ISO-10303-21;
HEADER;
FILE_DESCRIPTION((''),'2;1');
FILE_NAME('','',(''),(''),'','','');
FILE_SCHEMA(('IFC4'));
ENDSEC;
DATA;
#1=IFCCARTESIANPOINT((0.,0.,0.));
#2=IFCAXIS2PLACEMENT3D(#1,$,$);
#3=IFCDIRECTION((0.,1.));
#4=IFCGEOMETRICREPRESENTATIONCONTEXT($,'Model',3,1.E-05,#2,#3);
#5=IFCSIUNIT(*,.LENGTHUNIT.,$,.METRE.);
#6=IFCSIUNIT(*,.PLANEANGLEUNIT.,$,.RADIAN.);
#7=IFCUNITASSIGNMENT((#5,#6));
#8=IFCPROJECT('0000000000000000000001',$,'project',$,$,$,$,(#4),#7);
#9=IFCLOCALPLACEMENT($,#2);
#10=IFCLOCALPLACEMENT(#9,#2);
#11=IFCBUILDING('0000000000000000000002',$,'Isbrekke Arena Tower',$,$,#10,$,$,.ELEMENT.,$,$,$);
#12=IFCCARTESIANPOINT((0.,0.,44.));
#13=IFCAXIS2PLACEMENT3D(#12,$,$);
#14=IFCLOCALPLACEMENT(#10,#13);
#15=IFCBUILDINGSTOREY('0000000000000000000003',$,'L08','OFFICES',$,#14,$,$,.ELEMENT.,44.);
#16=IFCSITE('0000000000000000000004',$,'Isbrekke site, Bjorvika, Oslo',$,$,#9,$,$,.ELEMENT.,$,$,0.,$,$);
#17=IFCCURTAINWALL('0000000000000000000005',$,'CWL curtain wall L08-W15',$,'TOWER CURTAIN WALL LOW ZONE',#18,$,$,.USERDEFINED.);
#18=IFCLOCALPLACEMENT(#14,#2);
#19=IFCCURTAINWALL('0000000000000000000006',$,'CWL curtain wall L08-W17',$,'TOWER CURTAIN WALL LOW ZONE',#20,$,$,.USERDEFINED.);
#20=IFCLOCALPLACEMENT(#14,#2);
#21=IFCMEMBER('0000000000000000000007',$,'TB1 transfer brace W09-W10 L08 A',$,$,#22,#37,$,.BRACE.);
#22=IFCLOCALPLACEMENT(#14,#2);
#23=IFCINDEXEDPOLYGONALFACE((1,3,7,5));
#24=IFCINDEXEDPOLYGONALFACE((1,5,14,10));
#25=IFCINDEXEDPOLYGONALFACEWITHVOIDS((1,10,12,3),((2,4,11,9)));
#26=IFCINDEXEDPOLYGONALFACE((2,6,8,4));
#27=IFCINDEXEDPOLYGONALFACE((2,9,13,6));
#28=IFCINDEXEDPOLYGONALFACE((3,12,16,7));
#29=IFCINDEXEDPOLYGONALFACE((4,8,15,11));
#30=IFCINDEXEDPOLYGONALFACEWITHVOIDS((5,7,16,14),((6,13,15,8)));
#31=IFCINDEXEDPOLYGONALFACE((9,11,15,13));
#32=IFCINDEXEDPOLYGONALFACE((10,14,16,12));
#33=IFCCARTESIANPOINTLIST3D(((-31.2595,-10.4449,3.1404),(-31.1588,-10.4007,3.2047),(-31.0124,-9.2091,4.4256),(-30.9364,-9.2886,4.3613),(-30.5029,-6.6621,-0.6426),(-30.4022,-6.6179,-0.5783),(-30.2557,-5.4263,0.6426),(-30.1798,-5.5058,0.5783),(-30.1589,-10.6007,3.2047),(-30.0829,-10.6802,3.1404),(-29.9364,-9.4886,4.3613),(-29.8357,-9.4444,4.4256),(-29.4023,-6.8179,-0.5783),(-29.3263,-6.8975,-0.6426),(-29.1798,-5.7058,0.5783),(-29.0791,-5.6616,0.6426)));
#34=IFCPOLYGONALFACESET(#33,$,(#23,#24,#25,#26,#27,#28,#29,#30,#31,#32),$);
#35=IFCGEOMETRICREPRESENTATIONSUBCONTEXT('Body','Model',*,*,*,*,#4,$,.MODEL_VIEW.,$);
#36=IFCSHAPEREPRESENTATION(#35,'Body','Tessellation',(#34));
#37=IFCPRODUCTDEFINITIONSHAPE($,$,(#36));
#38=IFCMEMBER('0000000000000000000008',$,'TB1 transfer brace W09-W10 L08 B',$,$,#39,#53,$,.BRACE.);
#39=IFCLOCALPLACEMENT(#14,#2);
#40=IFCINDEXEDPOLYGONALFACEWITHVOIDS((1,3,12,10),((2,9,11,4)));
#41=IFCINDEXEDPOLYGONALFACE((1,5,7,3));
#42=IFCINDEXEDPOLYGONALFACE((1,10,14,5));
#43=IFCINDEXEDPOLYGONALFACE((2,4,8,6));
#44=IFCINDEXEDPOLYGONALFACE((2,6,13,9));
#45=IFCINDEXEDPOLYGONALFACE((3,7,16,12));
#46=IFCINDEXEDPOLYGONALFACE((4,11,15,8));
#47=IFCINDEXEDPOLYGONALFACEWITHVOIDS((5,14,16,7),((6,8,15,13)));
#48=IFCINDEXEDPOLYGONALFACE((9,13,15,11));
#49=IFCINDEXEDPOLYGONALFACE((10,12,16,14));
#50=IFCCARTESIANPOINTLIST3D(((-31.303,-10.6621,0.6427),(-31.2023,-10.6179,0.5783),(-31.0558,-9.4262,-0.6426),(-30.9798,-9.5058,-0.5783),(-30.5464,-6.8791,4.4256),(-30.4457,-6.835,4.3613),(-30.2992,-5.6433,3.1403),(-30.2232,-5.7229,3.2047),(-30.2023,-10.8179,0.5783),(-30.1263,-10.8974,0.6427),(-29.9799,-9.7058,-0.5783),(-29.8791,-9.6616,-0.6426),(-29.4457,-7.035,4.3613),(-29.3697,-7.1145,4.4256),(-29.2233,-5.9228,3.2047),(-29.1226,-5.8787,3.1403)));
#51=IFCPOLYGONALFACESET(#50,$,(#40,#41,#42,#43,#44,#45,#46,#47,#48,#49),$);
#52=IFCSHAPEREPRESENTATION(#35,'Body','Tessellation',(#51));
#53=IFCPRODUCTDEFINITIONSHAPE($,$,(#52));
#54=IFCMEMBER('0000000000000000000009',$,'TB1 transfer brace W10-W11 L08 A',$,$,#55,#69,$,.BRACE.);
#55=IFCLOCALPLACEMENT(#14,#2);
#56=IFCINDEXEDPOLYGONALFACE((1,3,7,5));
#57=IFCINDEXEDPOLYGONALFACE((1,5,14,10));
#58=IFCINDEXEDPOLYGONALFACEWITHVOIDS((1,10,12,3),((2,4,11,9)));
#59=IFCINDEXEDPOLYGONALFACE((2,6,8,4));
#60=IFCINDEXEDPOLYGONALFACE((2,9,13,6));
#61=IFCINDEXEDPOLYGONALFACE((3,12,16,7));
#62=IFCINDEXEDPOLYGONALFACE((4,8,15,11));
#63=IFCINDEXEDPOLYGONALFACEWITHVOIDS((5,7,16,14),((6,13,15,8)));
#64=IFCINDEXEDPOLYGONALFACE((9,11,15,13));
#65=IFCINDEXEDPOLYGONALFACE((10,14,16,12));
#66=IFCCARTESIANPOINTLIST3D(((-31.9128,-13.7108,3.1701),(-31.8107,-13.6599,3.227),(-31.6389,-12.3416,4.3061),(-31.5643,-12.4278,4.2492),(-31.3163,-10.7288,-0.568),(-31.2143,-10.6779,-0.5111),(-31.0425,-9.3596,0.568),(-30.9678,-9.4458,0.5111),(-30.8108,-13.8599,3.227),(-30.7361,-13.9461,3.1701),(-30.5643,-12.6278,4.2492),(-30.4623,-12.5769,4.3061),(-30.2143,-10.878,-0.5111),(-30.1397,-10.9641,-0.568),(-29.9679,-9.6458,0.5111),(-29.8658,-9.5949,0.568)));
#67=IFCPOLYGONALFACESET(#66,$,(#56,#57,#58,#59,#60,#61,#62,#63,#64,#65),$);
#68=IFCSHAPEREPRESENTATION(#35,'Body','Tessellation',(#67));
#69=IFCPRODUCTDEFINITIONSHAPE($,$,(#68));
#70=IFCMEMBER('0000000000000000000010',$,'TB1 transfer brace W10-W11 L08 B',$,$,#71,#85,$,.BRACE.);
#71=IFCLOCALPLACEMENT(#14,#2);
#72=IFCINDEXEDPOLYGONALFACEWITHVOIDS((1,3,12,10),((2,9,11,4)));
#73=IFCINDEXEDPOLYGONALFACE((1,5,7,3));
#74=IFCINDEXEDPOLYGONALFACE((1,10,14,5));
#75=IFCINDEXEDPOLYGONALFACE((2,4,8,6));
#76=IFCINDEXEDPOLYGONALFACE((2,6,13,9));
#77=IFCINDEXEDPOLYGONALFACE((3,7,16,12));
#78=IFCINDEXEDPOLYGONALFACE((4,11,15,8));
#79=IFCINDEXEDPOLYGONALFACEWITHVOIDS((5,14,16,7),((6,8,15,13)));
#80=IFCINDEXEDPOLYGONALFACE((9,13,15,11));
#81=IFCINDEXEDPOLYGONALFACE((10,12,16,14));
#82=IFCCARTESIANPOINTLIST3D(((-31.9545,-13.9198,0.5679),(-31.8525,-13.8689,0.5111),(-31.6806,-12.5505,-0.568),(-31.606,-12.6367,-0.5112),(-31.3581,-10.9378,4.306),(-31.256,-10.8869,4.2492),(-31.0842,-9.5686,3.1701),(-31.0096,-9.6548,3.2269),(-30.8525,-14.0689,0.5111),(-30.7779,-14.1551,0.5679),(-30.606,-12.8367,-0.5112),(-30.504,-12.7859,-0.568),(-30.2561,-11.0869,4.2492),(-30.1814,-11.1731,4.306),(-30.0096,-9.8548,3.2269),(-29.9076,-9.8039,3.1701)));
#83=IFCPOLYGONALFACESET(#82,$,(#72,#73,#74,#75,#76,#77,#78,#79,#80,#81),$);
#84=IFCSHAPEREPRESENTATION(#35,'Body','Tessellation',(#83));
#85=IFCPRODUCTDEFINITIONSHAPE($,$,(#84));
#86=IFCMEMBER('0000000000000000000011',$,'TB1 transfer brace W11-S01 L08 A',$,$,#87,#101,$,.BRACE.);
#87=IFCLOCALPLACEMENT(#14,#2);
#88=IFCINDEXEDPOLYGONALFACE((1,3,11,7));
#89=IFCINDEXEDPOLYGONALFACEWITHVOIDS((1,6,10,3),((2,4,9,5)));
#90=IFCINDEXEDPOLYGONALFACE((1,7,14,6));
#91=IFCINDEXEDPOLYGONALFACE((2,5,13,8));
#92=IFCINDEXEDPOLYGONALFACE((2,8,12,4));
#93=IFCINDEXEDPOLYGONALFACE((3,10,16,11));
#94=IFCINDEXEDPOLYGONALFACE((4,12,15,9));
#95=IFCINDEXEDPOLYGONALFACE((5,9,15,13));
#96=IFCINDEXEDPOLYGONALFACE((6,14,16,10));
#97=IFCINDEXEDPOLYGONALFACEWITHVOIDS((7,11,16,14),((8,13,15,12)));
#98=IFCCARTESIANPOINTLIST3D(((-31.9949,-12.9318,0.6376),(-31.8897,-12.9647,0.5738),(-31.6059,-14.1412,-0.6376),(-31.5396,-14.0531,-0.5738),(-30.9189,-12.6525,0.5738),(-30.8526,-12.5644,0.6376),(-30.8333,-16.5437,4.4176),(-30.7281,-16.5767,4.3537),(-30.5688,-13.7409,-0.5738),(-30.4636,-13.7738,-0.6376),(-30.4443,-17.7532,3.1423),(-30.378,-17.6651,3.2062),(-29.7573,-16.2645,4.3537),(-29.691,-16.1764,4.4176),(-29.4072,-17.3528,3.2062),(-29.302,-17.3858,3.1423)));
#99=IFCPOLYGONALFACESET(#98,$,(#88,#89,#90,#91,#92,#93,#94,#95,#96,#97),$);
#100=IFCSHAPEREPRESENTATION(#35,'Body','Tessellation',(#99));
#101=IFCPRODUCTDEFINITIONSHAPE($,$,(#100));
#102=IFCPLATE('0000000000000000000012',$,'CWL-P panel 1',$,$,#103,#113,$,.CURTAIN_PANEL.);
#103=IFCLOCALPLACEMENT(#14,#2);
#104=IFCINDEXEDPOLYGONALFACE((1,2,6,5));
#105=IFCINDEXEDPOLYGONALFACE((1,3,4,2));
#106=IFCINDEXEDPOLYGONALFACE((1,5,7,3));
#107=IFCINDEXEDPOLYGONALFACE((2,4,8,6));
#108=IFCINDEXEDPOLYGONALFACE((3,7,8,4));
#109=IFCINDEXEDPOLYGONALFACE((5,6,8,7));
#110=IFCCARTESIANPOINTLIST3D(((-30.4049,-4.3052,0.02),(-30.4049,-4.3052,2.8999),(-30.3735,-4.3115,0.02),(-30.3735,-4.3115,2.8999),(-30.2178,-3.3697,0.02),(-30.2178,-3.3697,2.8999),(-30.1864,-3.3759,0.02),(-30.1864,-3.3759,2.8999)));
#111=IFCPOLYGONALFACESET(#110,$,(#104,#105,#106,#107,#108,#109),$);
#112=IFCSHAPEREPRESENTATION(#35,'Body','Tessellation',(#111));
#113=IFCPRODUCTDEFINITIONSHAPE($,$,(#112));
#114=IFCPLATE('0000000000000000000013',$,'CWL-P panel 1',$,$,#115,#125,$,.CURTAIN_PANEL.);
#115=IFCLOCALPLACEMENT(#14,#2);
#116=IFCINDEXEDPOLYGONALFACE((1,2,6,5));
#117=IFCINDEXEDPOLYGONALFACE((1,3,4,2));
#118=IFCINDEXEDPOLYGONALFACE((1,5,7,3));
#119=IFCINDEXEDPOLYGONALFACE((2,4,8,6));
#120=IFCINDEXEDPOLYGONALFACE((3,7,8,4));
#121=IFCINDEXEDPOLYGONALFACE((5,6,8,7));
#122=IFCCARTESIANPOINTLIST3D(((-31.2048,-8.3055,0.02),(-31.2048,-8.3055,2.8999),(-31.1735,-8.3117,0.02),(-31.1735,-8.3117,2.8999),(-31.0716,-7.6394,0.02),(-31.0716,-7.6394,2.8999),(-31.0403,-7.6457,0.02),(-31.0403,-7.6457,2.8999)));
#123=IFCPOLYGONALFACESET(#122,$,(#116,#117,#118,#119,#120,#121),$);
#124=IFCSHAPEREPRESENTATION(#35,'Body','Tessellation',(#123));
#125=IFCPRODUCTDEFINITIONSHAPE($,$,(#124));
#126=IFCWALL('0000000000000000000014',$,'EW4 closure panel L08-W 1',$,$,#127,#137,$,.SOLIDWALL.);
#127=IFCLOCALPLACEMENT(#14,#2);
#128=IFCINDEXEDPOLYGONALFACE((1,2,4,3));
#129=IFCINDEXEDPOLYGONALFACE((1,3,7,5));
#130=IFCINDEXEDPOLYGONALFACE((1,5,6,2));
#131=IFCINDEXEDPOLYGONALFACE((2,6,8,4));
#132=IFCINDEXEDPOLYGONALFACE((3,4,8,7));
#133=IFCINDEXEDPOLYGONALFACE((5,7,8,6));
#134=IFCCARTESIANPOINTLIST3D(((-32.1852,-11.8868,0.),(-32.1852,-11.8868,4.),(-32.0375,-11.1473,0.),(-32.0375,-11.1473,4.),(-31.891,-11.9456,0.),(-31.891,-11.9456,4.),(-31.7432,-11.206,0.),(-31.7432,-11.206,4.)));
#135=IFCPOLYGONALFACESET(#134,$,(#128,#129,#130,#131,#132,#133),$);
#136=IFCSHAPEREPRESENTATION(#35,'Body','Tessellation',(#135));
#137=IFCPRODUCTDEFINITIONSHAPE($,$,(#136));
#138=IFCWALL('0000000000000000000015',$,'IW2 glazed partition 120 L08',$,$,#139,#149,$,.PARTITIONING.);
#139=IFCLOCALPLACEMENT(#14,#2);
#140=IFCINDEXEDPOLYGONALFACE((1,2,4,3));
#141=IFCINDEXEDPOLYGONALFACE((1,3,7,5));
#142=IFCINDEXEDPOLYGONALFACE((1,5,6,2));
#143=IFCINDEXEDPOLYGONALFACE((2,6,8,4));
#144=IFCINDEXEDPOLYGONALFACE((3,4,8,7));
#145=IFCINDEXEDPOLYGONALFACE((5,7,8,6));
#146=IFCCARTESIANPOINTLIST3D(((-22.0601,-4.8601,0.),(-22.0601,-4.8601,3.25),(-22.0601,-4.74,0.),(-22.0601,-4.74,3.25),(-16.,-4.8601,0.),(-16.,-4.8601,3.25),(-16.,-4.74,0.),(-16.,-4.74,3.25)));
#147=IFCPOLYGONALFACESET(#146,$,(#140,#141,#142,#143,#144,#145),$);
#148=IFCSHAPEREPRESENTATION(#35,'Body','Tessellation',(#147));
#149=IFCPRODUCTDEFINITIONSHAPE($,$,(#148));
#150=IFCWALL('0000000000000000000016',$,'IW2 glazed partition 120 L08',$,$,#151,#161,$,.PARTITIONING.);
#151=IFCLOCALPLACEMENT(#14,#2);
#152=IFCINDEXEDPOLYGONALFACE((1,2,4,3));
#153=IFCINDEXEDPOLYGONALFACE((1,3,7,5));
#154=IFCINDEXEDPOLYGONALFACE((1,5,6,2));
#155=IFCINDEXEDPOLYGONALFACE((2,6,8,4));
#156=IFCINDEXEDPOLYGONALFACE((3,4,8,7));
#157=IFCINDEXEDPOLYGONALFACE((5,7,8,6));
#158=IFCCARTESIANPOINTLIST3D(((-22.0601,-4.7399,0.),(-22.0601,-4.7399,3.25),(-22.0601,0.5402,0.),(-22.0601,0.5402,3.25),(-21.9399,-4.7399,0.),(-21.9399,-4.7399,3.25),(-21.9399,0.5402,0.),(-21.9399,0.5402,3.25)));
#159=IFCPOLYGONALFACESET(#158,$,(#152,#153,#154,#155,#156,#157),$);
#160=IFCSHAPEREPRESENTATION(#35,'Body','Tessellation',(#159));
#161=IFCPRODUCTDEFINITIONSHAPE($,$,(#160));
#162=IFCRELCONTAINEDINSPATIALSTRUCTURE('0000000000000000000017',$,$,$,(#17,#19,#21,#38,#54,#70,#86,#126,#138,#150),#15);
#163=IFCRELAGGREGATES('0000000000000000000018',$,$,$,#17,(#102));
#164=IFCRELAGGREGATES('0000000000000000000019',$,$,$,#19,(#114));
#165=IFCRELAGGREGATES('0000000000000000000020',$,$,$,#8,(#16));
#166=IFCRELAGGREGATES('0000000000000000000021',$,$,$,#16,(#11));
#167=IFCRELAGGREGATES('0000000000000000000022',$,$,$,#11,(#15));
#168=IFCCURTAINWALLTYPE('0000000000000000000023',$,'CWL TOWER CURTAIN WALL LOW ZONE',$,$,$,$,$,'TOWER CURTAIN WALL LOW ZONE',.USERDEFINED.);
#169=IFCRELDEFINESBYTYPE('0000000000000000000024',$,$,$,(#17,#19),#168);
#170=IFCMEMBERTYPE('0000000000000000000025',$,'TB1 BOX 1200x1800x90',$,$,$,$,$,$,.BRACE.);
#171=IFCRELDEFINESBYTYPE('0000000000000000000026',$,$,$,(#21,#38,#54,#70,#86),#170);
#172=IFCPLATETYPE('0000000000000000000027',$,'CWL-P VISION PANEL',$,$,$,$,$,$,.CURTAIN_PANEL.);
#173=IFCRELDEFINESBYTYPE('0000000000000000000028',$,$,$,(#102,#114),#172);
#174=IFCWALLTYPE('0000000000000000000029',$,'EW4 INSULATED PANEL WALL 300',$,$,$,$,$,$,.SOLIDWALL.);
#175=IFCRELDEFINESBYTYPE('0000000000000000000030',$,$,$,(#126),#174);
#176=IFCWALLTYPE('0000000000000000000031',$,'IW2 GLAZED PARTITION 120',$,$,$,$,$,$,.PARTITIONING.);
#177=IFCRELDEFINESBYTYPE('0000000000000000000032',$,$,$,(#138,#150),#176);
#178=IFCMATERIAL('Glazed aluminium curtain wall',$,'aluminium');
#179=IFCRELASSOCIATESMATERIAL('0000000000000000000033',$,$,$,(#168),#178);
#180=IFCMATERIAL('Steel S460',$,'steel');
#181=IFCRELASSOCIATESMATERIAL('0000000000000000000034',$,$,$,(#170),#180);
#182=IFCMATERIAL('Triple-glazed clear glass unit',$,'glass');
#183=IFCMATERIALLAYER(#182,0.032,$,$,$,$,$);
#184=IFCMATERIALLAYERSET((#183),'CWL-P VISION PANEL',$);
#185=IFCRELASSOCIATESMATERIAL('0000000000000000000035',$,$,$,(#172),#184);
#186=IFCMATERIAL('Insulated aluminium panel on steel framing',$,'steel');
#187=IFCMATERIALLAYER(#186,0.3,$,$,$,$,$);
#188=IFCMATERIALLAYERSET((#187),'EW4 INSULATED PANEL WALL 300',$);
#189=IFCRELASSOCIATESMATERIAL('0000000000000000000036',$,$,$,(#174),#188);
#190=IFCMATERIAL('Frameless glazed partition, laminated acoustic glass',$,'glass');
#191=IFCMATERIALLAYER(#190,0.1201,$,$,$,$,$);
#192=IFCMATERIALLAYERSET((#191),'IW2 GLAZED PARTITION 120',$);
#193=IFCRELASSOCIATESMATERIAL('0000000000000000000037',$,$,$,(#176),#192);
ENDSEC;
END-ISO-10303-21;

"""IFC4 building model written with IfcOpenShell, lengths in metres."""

from ifc_helpers import new_model, si_unit, direction, frame, frame_2d, origin, origin_2d, place, context, subcontext, project, spatial, rectangle, hollow_rectangle, extrude, material, layer, layer_set, material_profile, profile_set, type_object, element, aggregate, save


model = new_model("IFC4")

# Units and contexts
model_context = context("Model", 3, precision=1e-05, world=origin(), true_north=direction((0.0, 1.0)))
body_context = subcontext(model_context, "Body", "Model", "MODEL_VIEW")
ifc_project = project(units=[si_unit("LENGTHUNIT", "METRE"), si_unit("PLANEANGLEUNIT", "RADIAN")], contexts=[model_context])

# Site, building, storey
site_placement = place(None, origin())
site = spatial("IfcSite", under=ifc_project, at=site_placement, Name="Isbrekke site, Bjorvika, Oslo", CompositionType="ELEMENT", RefElevation=0.0)
building_placement = place(site_placement, origin())
building = spatial("IfcBuilding", under=site, at=building_placement, Name="Isbrekke Arena Tower", CompositionType="ELEMENT")
storey_placement = place(building_placement, frame((0.0, 0.0, 44.0)))
storey = spatial("IfcBuildingStorey", under=building, at=storey_placement, Name="L08", Description="OFFICES", CompositionType="ELEMENT", Elevation=44.0)

# Curtain walls
ifc_material_1 = material(Name="Glazed aluminium curtain wall", Category="aluminium")
curtain_wall_type = type_object("IfcCurtainWallType", Name="CWL TOWER CURTAIN WALL LOW ZONE", ElementType="TOWER CURTAIN WALL LOW ZONE", PredefinedType="USERDEFINED", material=ifc_material_1)
curtain_wall_1_placement = place(storey_placement, origin())
curtain_wall_1 = element("IfcCurtainWall", 1, at=curtain_wall_1_placement, inside=storey, type_object=curtain_wall_type, Name="CWL curtain wall L08-W15", ObjectType="TOWER CURTAIN WALL LOW ZONE", PredefinedType="USERDEFINED")
curtain_wall_2_placement = place(storey_placement, origin())
curtain_wall_2 = element("IfcCurtainWall", 2, at=curtain_wall_2_placement, inside=storey, type_object=curtain_wall_type, Name="CWL curtain wall L08-W17", ObjectType="TOWER CURTAIN WALL LOW ZONE", PredefinedType="USERDEFINED")

# Members
ifc_material_2 = material(Name="Steel S460", Category="steel")
ifc_material_profile_1 = material_profile(ifc_material_2, hollow_rectangle(XDim=1.2, YDim=1.8, WallThickness=0.0901, at=origin_2d()), Name="BOX 1200x1800x90")
ifc_profile_set_1 = profile_set([ifc_material_profile_1], Name="Steel S460")
member_type_1 = type_object("IfcMemberType", Name="TB1 BOX 1200x1800x90", PredefinedType="BRACE", material=ifc_profile_set_1)
for number, where, z_axis, x_axis, name in (
    (3, (-29.791, -6.1619, 0.0), (-0.140032, -0.700117, 0.700162), (0.980578, -0.196128, 0.0), "TB1 transfer brace W09-W10 L08 A"),
    (4, (-29.8345, -6.3789, 3.783), (-0.140028, -0.70014, -0.70014), (0.980581, -0.196116, 0.0), "TB1 transfer brace W09-W10 L08 B"),
):
    element("IfcMember", number, at=place(storey_placement, frame(where, z_axis=z_axis, x_axis=x_axis)), inside=storey, type_object=member_type_1, Name=name, PredefinedType="BRACE", context=body_context, shape_type="SweptSolid", body=[
        extrude(hollow_rectangle(XDim=1.2, YDim=1.8, WallThickness=0.0901, at=origin_2d()), origin(), (0.0, 0.0, 1.0), 5.4031),
    ])
for number, where, z_axis, x_axis, name in (
    (5, (-30.5911, -10.1619, 0.0), (-0.123773, -0.618816, 0.775724), (0.980578, -0.196132, 0.0), "TB1 transfer brace W10-W11 L08 A"),
    (6, (-30.6328, -10.3708, 3.738), (-0.123773, -0.618816, -0.775724), (0.980578, -0.196132, 0.0), "TB1 transfer brace W10-W11 L08 B"),
):
    element("IfcMember", number, at=place(storey_placement, frame(where, z_axis=z_axis, x_axis=x_axis)), inside=storey, type_object=member_type_1, Name=name, PredefinedType="BRACE", context=body_context, shape_type="SweptSolid", body=[
        extrude(hollow_rectangle(XDim=1.2, YDim=1.8, WallThickness=0.0901, at=origin_2d()), origin(), (0.0, 0.0, 1.0), 4.8188),
    ])
member_1_placement = place(storey_placement, frame((-31.2292, -13.3528, 0.0), z_axis=(0.216889, -0.674416, 0.705778), x_axis=(0.951982, 0.306153, 0.0)))
element("IfcMember", 7, at=member_1_placement, inside=storey, type_object=member_type_1, Name="TB1 transfer brace W11-S01 L08 A", PredefinedType="BRACE", context=body_context, shape_type="SweptSolid", body=[
    extrude(hollow_rectangle(XDim=1.2, YDim=1.8, WallThickness=0.0901, at=origin_2d()), origin(), (0.0, 0.0, 1.0), 5.3557),
])

# Plates
ifc_material_3 = material(Name="Triple-glazed clear glass unit", Category="glass")
ifc_layer_1 = layer(ifc_material_3, 0.032)
ifc_layer_set_1 = layer_set([ifc_layer_1], Name="CWL-P VISION PANEL")
plate_type = type_object("IfcPlateType", Name="CWL-P VISION PANEL", PredefinedType="CURTAIN_PANEL", material=ifc_layer_set_1)
plate_1_placement = place(storey_placement, frame((-30.2957, -3.8406, 0.02), z_axis=(0.0, 0.0, 1.0), x_axis=(-0.196116, -0.980581, 0.0)))
plate_1 = element("IfcPlate", 8, at=plate_1_placement, type_object=plate_type, Name="CWL-P panel 1", PredefinedType="CURTAIN_PANEL", context=body_context, shape_type="SweptSolid", body=[
    extrude(rectangle(XDim=0.9541, YDim=0.032, at=origin_2d()), origin(), (0.0, 0.0, 1.0), 2.8799),
])
aggregate(curtain_wall_1, [plate_1])
plate_2_placement = place(storey_placement, frame((-31.1226, -7.9756, 0.02), z_axis=(0.0, 0.0, 1.0), x_axis=(-0.196116, -0.980581, 0.0)))
plate_2 = element("IfcPlate", 9, at=plate_2_placement, type_object=plate_type, Name="CWL-P panel 1", PredefinedType="CURTAIN_PANEL", context=body_context, shape_type="SweptSolid", body=[
    extrude(rectangle(XDim=0.6792, YDim=0.032, at=origin_2d()), origin(), (0.0, 0.0, 1.0), 2.8799),
])
aggregate(curtain_wall_2, [plate_2])

# Walls
ifc_material_4 = material(Name="Insulated aluminium panel on steel framing", Category="steel")
ifc_layer_2 = layer(ifc_material_4, 0.3)
ifc_layer_set_2 = layer_set([ifc_layer_2], Name="EW4 INSULATED PANEL WALL 300")
wall_type_1 = type_object("IfcWallType", Name="EW4 INSULATED PANEL WALL 300", PredefinedType="SOLIDWALL", material=ifc_layer_set_2)
wall_1_placement = place(storey_placement, frame((-31.8904, -11.1768, 0.0), z_axis=(0.0, 0.0, 1.0), x_axis=(-0.195867, -0.98063, 0.0)))
element("IfcWall", 10, at=wall_1_placement, inside=storey, type_object=wall_type_1, Name="EW4 closure panel L08-W 1", PredefinedType="SOLIDWALL", context=body_context, shape_type="SweptSolid", body=[
    extrude(rectangle(XDim=0.7542, YDim=0.3, at=frame_2d((0.377, 0.0))), origin(), (0.0, 0.0, 1.0), 4.0),
])
ifc_material_5 = material(Name="Frameless glazed partition, laminated acoustic glass", Category="glass")
ifc_layer_3 = layer(ifc_material_5, 0.1201)
ifc_layer_set_3 = layer_set([ifc_layer_3], Name="IW2 GLAZED PARTITION 120")
wall_type_2 = type_object("IfcWallType", Name="IW2 GLAZED PARTITION 120", PredefinedType="PARTITIONING", material=ifc_layer_set_3)
wall_2_placement = place(storey_placement, frame((-22.0601, -4.8, 0.0), z_axis=(0.0, 0.0, 1.0), x_axis=(1.0, 0.0, 0.0)))
element("IfcWall", 11, at=wall_2_placement, inside=storey, type_object=wall_type_2, Name="IW2 glazed partition 120 L08", PredefinedType="PARTITIONING", context=body_context, shape_type="SweptSolid", body=[
    extrude(rectangle(XDim=6.0601, YDim=0.1201, at=frame_2d((3.03, 0.0))), origin(), (0.0, 0.0, 1.0), 3.25),
])
wall_3_placement = place(storey_placement, frame((-22.0, -4.74, 0.0), z_axis=(0.0, 0.0, 1.0), x_axis=(0.0, 1.0, 0.0)))
element("IfcWall", 12, at=wall_3_placement, inside=storey, type_object=wall_type_2, Name="IW2 glazed partition 120 L08", PredefinedType="PARTITIONING", context=body_context, shape_type="SweptSolid", body=[
    extrude(rectangle(XDim=5.28, YDim=0.1201, at=frame_2d((2.6401, 0.0))), origin(), (0.0, 0.0, 1.0), 3.25),
])

save(model, "model.ifc")
